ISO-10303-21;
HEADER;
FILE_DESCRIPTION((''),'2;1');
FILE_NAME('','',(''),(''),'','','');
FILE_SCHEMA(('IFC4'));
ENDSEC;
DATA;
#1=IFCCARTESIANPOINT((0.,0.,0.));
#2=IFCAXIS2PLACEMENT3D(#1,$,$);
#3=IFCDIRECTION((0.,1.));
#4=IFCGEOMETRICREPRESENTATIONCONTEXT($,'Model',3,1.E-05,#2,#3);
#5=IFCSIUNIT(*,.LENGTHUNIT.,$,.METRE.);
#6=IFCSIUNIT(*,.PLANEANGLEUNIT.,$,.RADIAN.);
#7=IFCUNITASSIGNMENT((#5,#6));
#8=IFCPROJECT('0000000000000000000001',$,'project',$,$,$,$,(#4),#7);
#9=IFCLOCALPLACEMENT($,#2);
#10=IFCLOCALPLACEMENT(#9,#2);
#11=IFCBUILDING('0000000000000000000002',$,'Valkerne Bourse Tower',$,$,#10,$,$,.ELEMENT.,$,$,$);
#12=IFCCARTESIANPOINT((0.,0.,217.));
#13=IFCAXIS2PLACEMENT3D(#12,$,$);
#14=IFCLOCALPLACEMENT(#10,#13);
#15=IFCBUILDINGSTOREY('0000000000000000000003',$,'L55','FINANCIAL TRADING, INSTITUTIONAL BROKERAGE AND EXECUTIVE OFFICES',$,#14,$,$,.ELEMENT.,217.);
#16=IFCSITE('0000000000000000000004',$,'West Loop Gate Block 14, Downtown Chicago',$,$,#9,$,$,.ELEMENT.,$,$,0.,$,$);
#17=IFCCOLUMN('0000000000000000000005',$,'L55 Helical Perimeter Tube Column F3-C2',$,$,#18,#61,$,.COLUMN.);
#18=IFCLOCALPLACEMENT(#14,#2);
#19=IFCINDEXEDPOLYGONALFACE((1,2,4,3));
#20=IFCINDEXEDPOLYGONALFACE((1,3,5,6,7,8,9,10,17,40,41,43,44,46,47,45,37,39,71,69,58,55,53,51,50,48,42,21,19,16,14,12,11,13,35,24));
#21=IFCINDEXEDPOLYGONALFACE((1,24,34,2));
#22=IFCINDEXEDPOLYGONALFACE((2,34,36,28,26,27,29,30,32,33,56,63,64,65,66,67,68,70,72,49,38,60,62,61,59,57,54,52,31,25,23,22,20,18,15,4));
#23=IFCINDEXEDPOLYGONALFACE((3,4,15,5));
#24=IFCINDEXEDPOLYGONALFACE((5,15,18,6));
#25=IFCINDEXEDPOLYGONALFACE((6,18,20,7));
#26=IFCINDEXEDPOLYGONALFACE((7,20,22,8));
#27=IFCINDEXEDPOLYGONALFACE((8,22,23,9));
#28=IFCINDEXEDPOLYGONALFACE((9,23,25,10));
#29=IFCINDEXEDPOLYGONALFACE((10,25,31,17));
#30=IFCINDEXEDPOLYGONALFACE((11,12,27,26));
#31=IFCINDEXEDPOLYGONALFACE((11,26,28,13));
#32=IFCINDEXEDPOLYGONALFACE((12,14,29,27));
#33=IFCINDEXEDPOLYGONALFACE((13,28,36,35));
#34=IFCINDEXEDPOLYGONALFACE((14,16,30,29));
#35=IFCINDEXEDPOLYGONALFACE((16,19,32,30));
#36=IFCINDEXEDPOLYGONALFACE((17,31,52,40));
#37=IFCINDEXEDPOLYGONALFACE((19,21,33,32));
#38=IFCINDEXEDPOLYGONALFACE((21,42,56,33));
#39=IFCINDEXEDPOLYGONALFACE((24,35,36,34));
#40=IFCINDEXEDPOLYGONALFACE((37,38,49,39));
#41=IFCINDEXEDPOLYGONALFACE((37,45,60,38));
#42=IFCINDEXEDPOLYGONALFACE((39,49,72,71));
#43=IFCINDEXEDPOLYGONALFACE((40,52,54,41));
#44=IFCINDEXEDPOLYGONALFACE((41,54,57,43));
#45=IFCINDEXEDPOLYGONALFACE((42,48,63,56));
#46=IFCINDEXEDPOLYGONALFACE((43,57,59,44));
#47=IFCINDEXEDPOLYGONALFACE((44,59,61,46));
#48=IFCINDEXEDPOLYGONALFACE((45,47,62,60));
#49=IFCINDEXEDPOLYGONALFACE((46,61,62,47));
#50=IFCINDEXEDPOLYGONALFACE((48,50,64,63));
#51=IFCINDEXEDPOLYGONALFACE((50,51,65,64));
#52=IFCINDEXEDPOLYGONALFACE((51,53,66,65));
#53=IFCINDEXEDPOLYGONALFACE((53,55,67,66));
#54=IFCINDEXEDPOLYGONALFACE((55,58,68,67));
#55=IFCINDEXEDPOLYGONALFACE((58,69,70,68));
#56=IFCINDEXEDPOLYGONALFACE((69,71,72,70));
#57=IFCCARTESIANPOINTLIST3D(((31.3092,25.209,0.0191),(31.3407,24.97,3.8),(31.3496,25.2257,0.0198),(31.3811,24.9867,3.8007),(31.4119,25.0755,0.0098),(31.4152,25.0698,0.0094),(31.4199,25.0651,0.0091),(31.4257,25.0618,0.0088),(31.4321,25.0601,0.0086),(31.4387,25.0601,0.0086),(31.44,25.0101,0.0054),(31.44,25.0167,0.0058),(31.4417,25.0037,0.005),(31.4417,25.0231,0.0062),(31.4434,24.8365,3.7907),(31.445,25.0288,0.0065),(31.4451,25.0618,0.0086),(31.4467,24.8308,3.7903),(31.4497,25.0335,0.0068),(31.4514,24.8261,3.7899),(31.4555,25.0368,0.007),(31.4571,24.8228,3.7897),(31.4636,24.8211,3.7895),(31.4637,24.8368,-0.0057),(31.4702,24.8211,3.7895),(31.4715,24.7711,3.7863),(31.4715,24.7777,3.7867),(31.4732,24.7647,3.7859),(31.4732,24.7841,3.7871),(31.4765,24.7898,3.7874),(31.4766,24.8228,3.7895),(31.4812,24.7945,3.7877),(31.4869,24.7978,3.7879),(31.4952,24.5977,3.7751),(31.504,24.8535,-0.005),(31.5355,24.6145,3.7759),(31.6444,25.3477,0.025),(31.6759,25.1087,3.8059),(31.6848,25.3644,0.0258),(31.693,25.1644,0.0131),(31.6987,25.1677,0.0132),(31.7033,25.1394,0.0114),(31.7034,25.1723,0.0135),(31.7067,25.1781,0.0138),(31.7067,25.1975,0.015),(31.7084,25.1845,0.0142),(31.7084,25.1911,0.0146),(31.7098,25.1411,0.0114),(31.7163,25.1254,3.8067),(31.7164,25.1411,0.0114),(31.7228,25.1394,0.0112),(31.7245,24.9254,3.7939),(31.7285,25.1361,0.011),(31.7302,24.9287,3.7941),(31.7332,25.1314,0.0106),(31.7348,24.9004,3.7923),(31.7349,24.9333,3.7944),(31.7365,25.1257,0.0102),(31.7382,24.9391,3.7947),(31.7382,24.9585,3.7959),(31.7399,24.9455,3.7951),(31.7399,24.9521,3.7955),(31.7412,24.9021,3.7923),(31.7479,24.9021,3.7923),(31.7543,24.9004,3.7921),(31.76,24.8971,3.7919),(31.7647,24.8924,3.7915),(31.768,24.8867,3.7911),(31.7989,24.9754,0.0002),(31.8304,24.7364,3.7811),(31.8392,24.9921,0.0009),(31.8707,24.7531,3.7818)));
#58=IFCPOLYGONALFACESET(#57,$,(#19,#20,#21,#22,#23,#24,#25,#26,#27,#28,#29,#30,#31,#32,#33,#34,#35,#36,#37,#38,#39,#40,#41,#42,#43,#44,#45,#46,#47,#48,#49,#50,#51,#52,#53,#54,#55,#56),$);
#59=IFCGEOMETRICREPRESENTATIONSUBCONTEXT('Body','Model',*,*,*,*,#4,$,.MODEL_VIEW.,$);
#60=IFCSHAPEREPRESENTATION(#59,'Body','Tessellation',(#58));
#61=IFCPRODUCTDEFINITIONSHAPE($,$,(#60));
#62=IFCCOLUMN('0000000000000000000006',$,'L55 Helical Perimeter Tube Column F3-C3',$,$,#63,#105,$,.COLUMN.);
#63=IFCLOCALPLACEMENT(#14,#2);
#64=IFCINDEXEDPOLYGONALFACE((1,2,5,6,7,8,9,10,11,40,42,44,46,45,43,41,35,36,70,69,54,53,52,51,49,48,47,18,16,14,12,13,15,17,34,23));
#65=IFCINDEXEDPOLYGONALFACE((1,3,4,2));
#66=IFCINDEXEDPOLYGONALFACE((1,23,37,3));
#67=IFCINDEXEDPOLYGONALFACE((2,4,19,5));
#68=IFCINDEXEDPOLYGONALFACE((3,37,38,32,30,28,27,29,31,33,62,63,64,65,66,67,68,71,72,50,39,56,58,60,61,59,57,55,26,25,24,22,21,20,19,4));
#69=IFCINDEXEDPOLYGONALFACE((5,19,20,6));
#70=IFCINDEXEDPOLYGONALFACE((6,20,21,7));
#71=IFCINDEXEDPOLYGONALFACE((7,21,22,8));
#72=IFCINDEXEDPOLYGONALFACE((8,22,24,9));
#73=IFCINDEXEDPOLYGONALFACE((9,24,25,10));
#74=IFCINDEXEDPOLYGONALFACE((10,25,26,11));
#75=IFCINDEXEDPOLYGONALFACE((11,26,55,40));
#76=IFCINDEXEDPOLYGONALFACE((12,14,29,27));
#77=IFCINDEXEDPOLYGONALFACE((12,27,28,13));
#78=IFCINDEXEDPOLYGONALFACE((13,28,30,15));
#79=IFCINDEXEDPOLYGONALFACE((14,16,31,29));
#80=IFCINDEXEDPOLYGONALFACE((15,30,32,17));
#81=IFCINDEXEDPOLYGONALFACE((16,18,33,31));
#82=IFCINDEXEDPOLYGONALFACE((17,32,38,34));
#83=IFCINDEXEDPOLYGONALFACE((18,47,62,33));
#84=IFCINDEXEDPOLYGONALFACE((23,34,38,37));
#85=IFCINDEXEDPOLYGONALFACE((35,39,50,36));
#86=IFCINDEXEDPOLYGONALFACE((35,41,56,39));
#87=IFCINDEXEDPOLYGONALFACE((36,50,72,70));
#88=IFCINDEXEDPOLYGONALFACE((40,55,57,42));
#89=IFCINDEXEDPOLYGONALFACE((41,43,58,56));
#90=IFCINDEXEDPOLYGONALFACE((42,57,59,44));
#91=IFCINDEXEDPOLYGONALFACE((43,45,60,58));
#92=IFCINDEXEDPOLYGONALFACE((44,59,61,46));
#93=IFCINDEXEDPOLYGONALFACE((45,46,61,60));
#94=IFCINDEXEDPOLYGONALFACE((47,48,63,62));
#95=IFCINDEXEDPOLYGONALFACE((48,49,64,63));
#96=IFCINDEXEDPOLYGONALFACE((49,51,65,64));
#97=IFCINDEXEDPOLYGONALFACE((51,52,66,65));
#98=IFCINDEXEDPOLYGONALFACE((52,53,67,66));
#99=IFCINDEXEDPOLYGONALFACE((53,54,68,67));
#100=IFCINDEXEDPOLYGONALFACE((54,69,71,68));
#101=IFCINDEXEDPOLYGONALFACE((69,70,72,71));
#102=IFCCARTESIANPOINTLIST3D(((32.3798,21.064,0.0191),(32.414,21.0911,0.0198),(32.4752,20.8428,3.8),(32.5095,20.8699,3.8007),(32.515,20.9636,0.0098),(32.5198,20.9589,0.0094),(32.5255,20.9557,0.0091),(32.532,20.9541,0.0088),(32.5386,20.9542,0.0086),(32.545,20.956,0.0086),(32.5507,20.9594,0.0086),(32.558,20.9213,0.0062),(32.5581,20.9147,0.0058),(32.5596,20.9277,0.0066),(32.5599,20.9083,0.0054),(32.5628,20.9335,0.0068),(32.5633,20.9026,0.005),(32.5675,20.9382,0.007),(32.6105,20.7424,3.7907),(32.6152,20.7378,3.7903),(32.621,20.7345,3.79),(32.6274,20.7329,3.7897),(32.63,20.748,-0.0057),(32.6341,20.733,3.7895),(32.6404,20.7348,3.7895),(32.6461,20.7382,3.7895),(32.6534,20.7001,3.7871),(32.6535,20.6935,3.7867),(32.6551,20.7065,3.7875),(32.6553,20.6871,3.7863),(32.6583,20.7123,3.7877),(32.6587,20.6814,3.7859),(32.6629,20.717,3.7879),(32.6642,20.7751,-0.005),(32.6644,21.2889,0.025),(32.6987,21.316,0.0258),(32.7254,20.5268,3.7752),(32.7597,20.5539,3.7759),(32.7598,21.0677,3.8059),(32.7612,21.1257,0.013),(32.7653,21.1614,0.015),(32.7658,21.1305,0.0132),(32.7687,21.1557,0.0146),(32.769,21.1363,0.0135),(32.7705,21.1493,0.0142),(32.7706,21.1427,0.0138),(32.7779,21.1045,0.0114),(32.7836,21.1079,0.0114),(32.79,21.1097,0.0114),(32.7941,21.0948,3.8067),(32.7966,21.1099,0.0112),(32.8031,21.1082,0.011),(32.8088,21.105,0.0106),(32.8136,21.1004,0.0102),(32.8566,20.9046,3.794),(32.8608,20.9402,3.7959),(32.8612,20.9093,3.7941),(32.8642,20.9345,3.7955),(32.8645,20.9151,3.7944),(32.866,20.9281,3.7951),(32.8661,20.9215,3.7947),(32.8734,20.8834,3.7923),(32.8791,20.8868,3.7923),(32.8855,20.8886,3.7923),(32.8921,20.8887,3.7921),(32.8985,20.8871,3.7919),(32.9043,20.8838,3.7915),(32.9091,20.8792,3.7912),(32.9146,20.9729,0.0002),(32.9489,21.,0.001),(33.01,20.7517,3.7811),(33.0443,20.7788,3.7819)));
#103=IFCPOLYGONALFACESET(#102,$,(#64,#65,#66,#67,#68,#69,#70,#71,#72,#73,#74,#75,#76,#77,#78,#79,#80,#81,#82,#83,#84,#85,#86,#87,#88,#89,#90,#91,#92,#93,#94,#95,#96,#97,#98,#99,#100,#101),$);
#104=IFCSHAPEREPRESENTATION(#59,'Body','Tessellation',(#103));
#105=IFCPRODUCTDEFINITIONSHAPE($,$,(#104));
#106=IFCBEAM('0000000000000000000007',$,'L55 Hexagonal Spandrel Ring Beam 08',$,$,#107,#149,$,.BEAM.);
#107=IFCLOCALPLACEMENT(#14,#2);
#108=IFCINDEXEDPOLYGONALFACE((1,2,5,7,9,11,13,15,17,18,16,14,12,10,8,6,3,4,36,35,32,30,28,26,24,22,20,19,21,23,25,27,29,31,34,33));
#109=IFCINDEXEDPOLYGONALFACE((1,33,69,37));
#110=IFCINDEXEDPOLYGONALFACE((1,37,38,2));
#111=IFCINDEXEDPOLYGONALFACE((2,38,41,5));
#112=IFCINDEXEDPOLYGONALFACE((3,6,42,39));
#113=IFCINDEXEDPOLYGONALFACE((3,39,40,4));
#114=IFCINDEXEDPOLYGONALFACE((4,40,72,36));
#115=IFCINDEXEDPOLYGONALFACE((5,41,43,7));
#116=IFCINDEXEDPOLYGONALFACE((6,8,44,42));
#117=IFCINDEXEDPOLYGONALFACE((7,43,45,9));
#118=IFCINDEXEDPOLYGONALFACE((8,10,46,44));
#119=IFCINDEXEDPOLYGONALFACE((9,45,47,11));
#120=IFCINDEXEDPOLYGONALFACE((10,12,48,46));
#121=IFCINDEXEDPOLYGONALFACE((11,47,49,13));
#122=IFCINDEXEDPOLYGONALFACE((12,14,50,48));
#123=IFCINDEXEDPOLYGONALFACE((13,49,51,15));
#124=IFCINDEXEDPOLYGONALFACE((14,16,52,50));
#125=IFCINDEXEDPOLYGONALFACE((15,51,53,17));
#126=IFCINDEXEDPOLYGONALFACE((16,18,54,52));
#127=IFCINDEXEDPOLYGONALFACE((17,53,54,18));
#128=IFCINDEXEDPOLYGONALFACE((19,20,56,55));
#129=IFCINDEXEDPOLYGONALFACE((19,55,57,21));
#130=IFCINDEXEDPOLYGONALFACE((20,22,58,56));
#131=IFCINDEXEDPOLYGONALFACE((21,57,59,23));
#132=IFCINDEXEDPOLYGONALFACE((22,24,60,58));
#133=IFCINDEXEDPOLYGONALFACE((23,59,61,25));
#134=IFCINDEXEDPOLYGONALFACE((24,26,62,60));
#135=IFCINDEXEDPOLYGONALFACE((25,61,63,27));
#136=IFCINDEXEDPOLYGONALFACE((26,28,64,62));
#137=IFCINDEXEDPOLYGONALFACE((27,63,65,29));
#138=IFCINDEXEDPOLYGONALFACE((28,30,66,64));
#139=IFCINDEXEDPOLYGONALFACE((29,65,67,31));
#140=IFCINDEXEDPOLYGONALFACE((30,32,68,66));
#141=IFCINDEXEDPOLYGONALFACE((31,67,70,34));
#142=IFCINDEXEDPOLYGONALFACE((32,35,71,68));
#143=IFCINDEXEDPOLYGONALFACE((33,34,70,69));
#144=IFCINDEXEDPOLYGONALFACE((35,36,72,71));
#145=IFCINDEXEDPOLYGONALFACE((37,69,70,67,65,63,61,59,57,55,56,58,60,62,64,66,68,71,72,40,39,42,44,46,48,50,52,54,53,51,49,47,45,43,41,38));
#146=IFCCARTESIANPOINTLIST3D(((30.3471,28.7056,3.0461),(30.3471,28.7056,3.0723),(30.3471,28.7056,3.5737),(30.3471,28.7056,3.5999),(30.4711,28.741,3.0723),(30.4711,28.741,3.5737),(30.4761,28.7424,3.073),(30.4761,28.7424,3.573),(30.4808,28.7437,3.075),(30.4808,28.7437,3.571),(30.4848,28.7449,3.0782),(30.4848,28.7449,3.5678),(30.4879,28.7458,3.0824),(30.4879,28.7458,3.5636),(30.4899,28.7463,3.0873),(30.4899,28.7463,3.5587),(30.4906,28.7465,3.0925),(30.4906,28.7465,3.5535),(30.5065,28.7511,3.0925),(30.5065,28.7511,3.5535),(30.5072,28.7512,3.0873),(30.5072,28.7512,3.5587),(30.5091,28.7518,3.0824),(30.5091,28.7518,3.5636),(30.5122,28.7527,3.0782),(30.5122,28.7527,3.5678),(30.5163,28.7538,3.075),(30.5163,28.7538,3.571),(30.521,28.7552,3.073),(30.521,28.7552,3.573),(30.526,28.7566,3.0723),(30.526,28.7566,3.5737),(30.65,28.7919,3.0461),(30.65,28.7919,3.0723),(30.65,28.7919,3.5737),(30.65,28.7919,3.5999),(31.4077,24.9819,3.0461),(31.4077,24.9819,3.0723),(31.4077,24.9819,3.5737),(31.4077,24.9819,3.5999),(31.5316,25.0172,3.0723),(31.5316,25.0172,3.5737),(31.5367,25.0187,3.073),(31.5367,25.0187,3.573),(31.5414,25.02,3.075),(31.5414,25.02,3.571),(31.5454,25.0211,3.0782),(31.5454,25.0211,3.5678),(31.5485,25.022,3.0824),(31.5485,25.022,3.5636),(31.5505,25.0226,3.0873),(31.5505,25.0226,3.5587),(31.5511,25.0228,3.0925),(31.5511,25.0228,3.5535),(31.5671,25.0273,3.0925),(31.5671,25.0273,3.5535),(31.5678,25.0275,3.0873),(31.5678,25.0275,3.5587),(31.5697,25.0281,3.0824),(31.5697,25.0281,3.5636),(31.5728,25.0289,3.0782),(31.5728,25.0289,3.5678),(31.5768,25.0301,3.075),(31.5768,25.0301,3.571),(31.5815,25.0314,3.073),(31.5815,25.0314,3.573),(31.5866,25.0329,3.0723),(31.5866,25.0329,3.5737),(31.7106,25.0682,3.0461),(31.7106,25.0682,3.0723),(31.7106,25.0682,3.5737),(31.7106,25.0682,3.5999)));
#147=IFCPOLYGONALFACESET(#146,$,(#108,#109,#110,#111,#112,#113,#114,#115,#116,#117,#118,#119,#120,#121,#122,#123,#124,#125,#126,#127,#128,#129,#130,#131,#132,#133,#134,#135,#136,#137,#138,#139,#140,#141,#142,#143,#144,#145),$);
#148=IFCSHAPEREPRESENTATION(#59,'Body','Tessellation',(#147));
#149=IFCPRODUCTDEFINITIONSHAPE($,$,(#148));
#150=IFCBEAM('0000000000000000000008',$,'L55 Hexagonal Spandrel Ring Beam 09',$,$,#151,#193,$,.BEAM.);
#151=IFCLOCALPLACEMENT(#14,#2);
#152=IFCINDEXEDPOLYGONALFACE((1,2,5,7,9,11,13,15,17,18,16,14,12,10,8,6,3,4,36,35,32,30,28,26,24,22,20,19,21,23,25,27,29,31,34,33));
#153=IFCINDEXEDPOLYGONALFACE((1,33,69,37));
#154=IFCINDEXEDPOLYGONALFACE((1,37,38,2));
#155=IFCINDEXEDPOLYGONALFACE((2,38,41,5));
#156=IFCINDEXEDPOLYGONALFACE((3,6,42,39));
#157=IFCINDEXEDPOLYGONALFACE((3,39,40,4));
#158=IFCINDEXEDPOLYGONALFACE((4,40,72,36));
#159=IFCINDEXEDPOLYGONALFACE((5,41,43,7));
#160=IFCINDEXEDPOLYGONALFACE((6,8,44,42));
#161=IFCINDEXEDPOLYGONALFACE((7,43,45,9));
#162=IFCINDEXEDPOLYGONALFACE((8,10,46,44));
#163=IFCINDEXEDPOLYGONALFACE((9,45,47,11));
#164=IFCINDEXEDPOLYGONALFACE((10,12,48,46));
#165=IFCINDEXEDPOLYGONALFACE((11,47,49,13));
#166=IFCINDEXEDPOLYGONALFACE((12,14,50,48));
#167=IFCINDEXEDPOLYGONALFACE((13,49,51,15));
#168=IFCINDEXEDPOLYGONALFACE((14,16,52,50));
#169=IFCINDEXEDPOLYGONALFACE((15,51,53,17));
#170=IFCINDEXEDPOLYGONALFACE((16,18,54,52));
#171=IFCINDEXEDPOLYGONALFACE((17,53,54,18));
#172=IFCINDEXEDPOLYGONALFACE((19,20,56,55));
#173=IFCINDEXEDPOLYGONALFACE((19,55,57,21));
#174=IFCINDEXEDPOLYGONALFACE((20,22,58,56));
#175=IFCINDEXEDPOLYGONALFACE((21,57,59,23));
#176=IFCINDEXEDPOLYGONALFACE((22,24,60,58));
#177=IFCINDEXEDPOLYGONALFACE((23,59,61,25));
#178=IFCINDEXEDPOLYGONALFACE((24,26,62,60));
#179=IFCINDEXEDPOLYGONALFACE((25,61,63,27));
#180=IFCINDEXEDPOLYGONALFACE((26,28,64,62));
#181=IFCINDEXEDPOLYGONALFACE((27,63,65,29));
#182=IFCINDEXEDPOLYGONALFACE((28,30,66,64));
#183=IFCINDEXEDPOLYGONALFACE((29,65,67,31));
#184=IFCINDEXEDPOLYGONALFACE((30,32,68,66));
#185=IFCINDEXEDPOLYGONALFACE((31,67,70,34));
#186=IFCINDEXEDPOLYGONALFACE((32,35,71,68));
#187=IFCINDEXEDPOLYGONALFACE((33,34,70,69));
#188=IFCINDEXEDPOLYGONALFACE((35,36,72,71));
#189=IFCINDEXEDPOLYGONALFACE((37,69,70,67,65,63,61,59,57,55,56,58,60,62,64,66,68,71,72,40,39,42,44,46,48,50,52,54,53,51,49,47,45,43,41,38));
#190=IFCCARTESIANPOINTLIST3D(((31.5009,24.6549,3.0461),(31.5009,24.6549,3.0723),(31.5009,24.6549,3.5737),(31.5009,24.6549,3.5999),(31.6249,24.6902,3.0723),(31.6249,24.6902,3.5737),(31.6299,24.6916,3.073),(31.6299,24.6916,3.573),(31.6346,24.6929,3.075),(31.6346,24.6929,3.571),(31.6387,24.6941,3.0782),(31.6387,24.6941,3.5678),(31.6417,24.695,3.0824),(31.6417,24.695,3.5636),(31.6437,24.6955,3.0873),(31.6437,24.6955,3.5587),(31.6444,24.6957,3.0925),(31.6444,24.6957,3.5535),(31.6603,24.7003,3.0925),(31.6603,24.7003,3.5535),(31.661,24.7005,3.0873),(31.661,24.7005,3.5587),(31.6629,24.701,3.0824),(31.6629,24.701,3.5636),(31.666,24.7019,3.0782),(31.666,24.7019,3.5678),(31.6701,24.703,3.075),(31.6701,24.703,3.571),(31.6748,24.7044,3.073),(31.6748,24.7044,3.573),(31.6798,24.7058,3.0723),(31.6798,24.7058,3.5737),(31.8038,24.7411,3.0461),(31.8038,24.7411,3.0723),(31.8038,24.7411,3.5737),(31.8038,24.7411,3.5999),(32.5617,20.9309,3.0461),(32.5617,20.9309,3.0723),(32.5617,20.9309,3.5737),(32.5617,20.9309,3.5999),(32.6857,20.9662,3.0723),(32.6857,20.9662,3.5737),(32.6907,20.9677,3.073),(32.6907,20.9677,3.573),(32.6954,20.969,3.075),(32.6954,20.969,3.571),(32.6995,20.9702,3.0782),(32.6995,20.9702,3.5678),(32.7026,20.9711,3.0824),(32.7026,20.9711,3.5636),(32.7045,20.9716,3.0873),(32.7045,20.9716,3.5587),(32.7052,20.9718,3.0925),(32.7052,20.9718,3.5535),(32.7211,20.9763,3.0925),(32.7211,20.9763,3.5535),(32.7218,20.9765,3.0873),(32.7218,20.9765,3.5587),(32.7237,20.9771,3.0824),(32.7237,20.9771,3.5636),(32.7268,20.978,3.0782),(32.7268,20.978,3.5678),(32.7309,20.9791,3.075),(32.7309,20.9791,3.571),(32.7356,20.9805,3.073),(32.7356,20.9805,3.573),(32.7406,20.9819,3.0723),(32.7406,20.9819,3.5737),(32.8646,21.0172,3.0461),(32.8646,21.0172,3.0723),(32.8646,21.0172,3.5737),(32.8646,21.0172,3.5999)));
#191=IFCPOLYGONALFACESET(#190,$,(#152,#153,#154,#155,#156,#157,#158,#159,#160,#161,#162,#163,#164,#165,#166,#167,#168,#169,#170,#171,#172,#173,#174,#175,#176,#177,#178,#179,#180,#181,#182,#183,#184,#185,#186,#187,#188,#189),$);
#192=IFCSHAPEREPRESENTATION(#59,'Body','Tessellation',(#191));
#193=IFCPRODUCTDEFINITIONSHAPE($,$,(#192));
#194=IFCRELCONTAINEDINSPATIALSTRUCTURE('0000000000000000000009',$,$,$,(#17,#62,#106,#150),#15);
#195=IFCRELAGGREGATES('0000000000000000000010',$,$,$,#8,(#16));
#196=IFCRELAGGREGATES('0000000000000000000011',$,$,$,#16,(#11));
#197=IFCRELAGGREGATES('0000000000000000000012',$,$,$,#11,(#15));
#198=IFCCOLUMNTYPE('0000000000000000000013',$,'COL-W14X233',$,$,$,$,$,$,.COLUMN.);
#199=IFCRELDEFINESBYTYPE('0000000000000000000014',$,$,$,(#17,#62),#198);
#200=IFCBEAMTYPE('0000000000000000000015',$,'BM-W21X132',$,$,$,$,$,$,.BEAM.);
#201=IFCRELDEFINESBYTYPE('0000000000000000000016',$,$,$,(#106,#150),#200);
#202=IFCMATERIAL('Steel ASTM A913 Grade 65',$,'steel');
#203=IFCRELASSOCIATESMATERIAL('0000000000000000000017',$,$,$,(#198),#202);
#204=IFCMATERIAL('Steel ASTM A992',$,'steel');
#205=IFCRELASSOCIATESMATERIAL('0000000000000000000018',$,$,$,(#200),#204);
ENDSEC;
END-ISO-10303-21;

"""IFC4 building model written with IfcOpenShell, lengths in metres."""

from ifc_helpers import new_model, si_unit, direction, frame, origin, origin_2d, place, context, subcontext, project, spatial, i_section, extrude, material, material_profile, profile_set, type_object, element, save


model = new_model("IFC4")

# Units and contexts
model_context = context("Model", 3, precision=1e-05, world=origin(), true_north=direction((0.0, 1.0)))
body_context = subcontext(model_context, "Body", "Model", "MODEL_VIEW")
ifc_project = project(units=[si_unit("LENGTHUNIT", "METRE"), si_unit("PLANEANGLEUNIT", "RADIAN")], contexts=[model_context])

# Site, building, storey
site_placement = place(None, origin())
site = spatial("IfcSite", under=ifc_project, at=site_placement, Name="West Loop Gate Block 14, Downtown Chicago", CompositionType="ELEMENT", RefElevation=0.0)
building_placement = place(site_placement, origin())
building = spatial("IfcBuilding", under=site, at=building_placement, Name="Valkerne Bourse Tower", CompositionType="ELEMENT")
storey_placement = place(building_placement, frame((0.0, 0.0, 217.0)))
storey = spatial("IfcBuildingStorey", under=building, at=storey_placement, Name="L55", Description="FINANCIAL TRADING, INSTITUTIONAL BROKERAGE AND EXECUTIVE OFFICES", CompositionType="ELEMENT", Elevation=217.0)

# Columns
ifc_material_1 = material(Name="Steel ASTM A913 Grade 65", Category="steel")
ifc_material_profile_1 = material_profile(ifc_material_1, i_section(OverallWidth=0.4038, OverallDepth=0.4065, WebThickness=0.0271, FlangeThickness=0.0437, FilletRadius=0.0254, at=origin_2d()), Name="W14X233")
ifc_profile_set_1 = profile_set([ifc_material_profile_1], Name="Steel ASTM A913 Grade 65")
column_type = type_object("IfcColumnType", Name="COL-W14X233", PredefinedType="COLUMN", material=ifc_profile_set_1)
for number, where, z_axis, x_axis, name in (
    (1, (31.5742, 25.1006, 0.01), (0.008313, -0.063086, 0.997973), (0.382532, -0.921896, -0.061463), "L55 Helical Perimeter Tube Column F3-C2"),
    (2, (32.6643, 21.032, 0.01), (0.025196, -0.058382, 0.997976), (0.619599, -0.782511, -0.06142), "L55 Helical Perimeter Tube Column F3-C3"),
):
    element("IfcColumn", number, at=place(storey_placement, frame(where, z_axis=z_axis, x_axis=x_axis)), inside=storey, type_object=column_type, Name=name, PredefinedType="COLUMN", context=body_context, shape_type="SweptSolid", body=[
        extrude(i_section(OverallWidth=0.4038, OverallDepth=0.4065, WebThickness=0.0271, FlangeThickness=0.0437, FilletRadius=0.0254, at=origin_2d()), origin(), (0.0, 0.0, 1.0), 3.7886),
    ])

# Beams
ifc_material_2 = material(Name="Steel ASTM A992", Category="steel")
ifc_material_profile_2 = material_profile(ifc_material_2, i_section(OverallWidth=0.3149, OverallDepth=0.5537, WebThickness=0.0166, FlangeThickness=0.0261, FilletRadius=0.0203, at=origin_2d()), Name="W21X132")
ifc_profile_set_2 = profile_set([ifc_material_profile_2], Name="Steel ASTM A992")
beam_type = type_object("IfcBeamType", Name="BM-W21X132", PredefinedType="BEAM", material=ifc_profile_set_2)
beam_1_placement = place(storey_placement, frame((30.4985, 28.7488, 3.323), z_axis=(0.273922, -0.961752, 0.0), x_axis=(0.961752, 0.273922, 0.0)))
element("IfcBeam", 3, at=beam_1_placement, inside=storey, type_object=beam_type, Name="L55 Hexagonal Spandrel Ring Beam 08", PredefinedType="BEAM", context=body_context, shape_type="SweptSolid", body=[
    extrude(i_section(OverallWidth=0.3149, OverallDepth=0.5537, WebThickness=0.0166, FlangeThickness=0.0261, FilletRadius=0.0203, at=origin_2d()), origin(), (0.0, 0.0, 1.0), 3.8718),
])
beam_2_placement = place(storey_placement, frame((31.6523, 24.698, 3.323), z_axis=(0.273963, -0.96174, 0.0), x_axis=(0.96174, 0.273963, 0.0)))
element("IfcBeam", 4, at=beam_2_placement, inside=storey, type_object=beam_type, Name="L55 Hexagonal Spandrel Ring Beam 09", PredefinedType="BEAM", context=body_context, shape_type="SweptSolid", body=[
    extrude(i_section(OverallWidth=0.3149, OverallDepth=0.5537, WebThickness=0.0166, FlangeThickness=0.0261, FilletRadius=0.0203, at=origin_2d()), origin(), (0.0, 0.0, 1.0), 3.8721),
])

save(model, "model.ifc")
